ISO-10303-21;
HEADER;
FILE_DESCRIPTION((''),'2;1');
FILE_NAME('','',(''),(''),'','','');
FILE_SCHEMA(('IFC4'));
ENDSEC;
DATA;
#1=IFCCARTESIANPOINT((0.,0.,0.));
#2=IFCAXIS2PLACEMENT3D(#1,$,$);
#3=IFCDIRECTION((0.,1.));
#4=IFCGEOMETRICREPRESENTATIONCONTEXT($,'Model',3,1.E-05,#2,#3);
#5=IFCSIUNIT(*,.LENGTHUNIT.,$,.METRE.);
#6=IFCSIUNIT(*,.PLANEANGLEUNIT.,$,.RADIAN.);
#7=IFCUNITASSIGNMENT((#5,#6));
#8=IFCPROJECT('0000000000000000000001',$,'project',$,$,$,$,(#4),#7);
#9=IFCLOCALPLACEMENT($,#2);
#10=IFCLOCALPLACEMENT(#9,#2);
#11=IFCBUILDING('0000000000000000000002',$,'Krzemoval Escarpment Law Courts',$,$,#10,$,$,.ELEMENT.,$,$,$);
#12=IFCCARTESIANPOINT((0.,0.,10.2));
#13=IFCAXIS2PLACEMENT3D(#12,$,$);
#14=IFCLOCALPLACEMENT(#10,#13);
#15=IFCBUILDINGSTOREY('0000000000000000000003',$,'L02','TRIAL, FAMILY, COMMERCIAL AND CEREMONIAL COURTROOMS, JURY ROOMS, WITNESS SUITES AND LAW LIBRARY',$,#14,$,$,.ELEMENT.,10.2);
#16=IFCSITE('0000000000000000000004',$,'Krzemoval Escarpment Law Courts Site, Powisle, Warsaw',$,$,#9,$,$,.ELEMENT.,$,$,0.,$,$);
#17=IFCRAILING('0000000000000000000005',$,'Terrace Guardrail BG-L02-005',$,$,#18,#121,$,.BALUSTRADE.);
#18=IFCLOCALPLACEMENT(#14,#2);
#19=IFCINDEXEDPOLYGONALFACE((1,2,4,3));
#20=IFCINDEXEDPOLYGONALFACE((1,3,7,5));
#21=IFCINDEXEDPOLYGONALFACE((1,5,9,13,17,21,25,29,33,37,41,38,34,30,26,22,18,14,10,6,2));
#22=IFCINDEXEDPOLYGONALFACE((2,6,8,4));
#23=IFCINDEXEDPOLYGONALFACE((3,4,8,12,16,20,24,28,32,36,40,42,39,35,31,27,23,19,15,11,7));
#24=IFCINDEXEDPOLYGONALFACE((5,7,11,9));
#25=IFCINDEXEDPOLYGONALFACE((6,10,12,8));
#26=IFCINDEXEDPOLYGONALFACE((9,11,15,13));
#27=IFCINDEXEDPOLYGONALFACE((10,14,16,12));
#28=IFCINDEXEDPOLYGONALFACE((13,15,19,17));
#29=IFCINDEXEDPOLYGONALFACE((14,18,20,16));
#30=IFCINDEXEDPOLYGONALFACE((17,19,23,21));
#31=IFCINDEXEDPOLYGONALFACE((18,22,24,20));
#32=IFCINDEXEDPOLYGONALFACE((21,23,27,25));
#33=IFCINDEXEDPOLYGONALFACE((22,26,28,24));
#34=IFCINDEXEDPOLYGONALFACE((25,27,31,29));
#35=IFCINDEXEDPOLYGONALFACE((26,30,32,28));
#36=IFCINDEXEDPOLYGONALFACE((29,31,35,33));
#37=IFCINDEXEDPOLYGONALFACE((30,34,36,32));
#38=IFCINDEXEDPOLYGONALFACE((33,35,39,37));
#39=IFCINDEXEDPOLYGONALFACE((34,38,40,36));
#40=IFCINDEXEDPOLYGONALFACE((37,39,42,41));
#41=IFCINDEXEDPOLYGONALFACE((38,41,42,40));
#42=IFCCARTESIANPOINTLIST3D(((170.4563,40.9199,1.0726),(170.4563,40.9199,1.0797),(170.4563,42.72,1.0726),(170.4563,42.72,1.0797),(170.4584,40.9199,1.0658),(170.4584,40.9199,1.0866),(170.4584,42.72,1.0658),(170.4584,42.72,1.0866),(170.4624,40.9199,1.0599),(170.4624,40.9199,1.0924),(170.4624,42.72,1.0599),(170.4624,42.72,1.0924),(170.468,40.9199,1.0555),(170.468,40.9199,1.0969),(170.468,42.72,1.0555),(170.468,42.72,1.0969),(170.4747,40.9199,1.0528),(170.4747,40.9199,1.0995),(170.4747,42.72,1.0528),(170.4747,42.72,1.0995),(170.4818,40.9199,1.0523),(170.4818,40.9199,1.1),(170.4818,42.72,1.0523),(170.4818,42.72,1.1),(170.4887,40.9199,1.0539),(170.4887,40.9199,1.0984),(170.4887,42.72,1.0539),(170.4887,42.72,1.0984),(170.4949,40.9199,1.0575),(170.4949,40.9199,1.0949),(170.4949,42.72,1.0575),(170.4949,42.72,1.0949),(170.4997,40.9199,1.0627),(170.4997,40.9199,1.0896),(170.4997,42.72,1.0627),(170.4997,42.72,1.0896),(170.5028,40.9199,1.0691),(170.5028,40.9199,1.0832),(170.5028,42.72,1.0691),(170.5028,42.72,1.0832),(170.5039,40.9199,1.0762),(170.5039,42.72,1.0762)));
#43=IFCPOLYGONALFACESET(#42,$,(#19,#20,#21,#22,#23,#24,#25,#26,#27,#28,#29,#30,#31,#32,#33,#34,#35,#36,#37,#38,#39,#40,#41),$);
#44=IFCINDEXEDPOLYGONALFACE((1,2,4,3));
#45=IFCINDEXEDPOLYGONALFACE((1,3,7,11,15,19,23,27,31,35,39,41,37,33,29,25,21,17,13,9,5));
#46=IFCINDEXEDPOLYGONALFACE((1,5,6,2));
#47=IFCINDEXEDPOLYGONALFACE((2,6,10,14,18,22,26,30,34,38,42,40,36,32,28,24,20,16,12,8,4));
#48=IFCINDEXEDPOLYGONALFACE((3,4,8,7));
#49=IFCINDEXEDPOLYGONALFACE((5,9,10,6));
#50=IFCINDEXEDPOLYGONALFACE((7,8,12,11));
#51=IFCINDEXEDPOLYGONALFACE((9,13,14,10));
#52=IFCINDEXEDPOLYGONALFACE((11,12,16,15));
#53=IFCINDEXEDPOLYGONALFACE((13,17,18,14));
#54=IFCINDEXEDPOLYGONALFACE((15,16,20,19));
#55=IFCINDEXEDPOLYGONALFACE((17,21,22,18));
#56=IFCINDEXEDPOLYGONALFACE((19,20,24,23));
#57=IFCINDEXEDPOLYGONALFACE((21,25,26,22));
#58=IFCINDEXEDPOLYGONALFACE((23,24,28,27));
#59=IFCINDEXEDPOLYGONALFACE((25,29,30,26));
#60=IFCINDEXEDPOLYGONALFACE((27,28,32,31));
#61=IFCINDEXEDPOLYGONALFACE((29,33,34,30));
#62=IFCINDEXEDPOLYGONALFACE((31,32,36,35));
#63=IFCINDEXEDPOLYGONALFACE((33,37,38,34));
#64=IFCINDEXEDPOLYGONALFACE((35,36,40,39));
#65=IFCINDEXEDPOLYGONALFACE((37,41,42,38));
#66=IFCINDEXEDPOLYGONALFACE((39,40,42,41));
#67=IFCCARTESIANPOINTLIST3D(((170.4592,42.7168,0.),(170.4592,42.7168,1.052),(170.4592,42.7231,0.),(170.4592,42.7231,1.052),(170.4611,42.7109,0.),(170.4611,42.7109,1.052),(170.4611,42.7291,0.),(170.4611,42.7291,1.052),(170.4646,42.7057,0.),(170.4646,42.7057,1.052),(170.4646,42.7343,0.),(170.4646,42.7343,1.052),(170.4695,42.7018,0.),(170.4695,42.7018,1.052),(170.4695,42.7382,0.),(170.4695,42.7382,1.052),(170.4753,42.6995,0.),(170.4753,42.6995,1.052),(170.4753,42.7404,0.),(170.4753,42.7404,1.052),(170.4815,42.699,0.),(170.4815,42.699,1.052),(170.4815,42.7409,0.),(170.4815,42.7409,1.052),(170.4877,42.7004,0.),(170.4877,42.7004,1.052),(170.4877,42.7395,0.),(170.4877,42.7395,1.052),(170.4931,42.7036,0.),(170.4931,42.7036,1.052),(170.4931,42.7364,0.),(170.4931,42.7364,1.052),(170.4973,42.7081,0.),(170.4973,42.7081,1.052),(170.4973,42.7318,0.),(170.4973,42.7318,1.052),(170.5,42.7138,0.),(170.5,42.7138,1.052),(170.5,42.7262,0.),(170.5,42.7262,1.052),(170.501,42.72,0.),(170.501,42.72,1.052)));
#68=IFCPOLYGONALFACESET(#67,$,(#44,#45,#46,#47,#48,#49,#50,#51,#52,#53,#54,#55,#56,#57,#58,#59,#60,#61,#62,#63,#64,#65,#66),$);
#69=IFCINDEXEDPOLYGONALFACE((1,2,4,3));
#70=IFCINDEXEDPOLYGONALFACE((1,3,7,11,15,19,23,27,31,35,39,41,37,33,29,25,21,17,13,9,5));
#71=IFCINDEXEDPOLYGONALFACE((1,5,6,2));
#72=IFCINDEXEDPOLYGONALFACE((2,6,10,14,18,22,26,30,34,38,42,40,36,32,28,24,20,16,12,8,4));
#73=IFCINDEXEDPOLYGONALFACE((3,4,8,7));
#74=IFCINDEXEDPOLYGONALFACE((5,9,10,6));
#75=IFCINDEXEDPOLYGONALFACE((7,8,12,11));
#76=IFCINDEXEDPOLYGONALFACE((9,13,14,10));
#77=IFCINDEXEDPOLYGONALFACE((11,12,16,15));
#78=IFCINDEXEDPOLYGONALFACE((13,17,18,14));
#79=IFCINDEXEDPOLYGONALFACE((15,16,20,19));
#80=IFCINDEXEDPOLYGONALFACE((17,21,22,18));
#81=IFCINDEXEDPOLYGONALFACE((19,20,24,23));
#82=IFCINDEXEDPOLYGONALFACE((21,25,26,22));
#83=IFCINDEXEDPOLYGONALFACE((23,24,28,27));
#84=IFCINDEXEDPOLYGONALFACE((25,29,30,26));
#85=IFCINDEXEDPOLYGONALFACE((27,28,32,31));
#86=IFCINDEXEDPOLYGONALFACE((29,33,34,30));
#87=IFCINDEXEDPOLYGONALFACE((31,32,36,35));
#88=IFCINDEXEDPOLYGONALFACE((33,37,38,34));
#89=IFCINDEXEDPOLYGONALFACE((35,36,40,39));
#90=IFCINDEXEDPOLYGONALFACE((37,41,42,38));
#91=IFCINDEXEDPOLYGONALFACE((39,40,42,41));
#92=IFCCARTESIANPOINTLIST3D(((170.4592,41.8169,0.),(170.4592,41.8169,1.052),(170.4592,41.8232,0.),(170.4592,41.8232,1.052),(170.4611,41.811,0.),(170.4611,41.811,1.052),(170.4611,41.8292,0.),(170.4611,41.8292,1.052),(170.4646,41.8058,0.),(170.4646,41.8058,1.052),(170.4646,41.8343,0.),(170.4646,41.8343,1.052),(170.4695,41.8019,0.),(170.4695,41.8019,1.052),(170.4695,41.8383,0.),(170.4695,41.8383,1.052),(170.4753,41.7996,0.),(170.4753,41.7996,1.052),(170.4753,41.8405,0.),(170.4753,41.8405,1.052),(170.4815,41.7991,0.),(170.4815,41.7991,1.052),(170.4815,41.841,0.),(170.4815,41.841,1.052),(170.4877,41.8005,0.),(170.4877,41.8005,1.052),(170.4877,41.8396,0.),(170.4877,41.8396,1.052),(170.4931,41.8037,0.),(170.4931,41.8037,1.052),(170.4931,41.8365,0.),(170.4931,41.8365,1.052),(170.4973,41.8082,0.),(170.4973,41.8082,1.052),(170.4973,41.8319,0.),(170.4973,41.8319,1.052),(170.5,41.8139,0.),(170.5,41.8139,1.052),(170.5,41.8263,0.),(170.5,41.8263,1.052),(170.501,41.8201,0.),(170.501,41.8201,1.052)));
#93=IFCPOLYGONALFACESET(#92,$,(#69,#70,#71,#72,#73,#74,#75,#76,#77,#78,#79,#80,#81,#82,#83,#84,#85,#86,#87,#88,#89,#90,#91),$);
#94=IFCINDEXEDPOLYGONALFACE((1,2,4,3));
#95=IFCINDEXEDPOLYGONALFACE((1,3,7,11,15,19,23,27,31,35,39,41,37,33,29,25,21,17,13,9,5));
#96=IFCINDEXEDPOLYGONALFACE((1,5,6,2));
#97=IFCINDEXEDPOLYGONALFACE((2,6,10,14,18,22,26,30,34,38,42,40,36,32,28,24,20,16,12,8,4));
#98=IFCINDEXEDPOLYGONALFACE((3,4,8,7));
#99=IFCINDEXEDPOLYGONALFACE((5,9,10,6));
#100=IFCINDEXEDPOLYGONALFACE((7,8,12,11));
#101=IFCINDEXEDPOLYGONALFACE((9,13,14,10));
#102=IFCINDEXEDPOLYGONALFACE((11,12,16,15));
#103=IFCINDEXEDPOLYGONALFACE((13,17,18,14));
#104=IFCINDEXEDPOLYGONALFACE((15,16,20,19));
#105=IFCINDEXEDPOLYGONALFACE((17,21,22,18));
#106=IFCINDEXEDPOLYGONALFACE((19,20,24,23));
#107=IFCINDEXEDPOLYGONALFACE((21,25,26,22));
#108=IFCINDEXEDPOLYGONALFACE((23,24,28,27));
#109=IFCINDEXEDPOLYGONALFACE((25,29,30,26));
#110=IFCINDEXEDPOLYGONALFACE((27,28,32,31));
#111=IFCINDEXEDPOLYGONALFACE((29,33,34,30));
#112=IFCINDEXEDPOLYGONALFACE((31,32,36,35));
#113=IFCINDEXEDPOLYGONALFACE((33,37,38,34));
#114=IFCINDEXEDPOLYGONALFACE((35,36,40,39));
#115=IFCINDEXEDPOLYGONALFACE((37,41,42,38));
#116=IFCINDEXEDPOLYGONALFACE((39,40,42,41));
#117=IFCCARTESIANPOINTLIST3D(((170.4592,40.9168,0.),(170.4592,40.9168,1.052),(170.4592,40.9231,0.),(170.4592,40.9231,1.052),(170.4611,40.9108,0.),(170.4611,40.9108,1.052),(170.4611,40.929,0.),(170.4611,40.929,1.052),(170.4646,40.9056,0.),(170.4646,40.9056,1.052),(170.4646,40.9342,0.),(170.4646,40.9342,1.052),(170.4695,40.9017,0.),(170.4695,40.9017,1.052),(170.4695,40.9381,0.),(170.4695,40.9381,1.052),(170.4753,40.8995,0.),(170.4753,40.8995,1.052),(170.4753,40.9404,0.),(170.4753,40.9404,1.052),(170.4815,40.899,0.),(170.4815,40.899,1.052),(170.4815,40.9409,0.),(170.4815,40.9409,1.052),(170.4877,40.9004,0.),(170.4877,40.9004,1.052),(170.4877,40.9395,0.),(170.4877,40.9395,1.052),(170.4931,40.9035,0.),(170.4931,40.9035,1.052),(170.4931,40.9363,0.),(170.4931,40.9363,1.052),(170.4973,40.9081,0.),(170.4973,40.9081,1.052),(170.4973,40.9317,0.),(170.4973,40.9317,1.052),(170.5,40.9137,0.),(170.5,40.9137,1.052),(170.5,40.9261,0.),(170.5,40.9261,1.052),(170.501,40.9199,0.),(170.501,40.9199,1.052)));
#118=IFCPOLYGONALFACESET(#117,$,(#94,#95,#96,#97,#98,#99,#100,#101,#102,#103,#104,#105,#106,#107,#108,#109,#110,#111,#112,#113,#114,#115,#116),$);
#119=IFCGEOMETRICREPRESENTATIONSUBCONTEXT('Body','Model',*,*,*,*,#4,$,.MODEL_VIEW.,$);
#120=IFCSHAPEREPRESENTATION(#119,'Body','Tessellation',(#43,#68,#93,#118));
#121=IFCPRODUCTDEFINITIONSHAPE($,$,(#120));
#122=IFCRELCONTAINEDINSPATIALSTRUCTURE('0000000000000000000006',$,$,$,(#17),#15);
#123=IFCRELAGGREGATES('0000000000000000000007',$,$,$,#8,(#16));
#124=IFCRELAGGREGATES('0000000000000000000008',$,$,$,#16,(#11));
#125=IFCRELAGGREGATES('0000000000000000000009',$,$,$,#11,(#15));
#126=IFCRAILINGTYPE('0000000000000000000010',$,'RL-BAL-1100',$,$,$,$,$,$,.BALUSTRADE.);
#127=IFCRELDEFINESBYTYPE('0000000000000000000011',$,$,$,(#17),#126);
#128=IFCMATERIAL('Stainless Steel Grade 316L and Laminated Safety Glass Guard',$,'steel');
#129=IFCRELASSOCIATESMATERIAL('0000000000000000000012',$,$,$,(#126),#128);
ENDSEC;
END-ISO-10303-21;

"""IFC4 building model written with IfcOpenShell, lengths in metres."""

from ifc_helpers import new_model, si_unit, direction, frame, origin, origin_2d, place, context, subcontext, project, spatial, circle, extrude, material, type_object, element, save


model = new_model("IFC4")

# Units and contexts
model_context = context("Model", 3, precision=1e-05, world=origin(), true_north=direction((0.0, 1.0)))
body_context = subcontext(model_context, "Body", "Model", "MODEL_VIEW")
ifc_project = project(units=[si_unit("LENGTHUNIT", "METRE"), si_unit("PLANEANGLEUNIT", "RADIAN")], contexts=[model_context])

# Site, building, storey
site_placement = place(None, origin())
site = spatial("IfcSite", under=ifc_project, at=site_placement, Name="Krzemoval Escarpment Law Courts Site, Powisle, Warsaw", CompositionType="ELEMENT", RefElevation=0.0)
building_placement = place(site_placement, origin())
building = spatial("IfcBuilding", under=site, at=building_placement, Name="Krzemoval Escarpment Law Courts", CompositionType="ELEMENT")
storey_placement = place(building_placement, frame((0.0, 0.0, 10.2)))
storey = spatial("IfcBuildingStorey", under=building, at=storey_placement, Name="L02", Description="TRIAL, FAMILY, COMMERCIAL AND CEREMONIAL COURTROOMS, JURY ROOMS, WITNESS SUITES AND LAW LIBRARY", CompositionType="ELEMENT", Elevation=10.2)

# Railing
ifc_material_1 = material(Name="Stainless Steel Grade 316L and Laminated Safety Glass Guard", Category="steel")
railing_type = type_object("IfcRailingType", Name="RL-BAL-1100", PredefinedType="BALUSTRADE", material=ifc_material_1)
railing_1_placement = place(storey_placement, frame((170.48, 42.72, 0.0)))
element("IfcRailing", 1, at=railing_1_placement, inside=storey, type_object=railing_type, Name="Terrace Guardrail BG-L02-005", PredefinedType="BALUSTRADE", context=body_context, shape_type="SweptSolid", body=[
    extrude(circle(Radius=0.0239, at=origin_2d()), frame((0.0, 0.0, 1.0762), z_axis=(0.0, -1.0, 0.0), x_axis=(1.0, 0.0, 0.0)), (0.0, 0.0, 1.0), 1.8),
    extrude(circle(Radius=0.021, at=origin_2d()), origin(), (0.0, 0.0, 1.0), 1.052),
    extrude(circle(Radius=0.021, at=origin_2d()), frame((0.0, -0.8999, 0.0)), (0.0, 0.0, 1.0), 1.052),
    extrude(circle(Radius=0.021, at=origin_2d()), frame((0.0, -1.8, 0.0)), (0.0, 0.0, 1.0), 1.052),
])

save(model, "model.ifc")
